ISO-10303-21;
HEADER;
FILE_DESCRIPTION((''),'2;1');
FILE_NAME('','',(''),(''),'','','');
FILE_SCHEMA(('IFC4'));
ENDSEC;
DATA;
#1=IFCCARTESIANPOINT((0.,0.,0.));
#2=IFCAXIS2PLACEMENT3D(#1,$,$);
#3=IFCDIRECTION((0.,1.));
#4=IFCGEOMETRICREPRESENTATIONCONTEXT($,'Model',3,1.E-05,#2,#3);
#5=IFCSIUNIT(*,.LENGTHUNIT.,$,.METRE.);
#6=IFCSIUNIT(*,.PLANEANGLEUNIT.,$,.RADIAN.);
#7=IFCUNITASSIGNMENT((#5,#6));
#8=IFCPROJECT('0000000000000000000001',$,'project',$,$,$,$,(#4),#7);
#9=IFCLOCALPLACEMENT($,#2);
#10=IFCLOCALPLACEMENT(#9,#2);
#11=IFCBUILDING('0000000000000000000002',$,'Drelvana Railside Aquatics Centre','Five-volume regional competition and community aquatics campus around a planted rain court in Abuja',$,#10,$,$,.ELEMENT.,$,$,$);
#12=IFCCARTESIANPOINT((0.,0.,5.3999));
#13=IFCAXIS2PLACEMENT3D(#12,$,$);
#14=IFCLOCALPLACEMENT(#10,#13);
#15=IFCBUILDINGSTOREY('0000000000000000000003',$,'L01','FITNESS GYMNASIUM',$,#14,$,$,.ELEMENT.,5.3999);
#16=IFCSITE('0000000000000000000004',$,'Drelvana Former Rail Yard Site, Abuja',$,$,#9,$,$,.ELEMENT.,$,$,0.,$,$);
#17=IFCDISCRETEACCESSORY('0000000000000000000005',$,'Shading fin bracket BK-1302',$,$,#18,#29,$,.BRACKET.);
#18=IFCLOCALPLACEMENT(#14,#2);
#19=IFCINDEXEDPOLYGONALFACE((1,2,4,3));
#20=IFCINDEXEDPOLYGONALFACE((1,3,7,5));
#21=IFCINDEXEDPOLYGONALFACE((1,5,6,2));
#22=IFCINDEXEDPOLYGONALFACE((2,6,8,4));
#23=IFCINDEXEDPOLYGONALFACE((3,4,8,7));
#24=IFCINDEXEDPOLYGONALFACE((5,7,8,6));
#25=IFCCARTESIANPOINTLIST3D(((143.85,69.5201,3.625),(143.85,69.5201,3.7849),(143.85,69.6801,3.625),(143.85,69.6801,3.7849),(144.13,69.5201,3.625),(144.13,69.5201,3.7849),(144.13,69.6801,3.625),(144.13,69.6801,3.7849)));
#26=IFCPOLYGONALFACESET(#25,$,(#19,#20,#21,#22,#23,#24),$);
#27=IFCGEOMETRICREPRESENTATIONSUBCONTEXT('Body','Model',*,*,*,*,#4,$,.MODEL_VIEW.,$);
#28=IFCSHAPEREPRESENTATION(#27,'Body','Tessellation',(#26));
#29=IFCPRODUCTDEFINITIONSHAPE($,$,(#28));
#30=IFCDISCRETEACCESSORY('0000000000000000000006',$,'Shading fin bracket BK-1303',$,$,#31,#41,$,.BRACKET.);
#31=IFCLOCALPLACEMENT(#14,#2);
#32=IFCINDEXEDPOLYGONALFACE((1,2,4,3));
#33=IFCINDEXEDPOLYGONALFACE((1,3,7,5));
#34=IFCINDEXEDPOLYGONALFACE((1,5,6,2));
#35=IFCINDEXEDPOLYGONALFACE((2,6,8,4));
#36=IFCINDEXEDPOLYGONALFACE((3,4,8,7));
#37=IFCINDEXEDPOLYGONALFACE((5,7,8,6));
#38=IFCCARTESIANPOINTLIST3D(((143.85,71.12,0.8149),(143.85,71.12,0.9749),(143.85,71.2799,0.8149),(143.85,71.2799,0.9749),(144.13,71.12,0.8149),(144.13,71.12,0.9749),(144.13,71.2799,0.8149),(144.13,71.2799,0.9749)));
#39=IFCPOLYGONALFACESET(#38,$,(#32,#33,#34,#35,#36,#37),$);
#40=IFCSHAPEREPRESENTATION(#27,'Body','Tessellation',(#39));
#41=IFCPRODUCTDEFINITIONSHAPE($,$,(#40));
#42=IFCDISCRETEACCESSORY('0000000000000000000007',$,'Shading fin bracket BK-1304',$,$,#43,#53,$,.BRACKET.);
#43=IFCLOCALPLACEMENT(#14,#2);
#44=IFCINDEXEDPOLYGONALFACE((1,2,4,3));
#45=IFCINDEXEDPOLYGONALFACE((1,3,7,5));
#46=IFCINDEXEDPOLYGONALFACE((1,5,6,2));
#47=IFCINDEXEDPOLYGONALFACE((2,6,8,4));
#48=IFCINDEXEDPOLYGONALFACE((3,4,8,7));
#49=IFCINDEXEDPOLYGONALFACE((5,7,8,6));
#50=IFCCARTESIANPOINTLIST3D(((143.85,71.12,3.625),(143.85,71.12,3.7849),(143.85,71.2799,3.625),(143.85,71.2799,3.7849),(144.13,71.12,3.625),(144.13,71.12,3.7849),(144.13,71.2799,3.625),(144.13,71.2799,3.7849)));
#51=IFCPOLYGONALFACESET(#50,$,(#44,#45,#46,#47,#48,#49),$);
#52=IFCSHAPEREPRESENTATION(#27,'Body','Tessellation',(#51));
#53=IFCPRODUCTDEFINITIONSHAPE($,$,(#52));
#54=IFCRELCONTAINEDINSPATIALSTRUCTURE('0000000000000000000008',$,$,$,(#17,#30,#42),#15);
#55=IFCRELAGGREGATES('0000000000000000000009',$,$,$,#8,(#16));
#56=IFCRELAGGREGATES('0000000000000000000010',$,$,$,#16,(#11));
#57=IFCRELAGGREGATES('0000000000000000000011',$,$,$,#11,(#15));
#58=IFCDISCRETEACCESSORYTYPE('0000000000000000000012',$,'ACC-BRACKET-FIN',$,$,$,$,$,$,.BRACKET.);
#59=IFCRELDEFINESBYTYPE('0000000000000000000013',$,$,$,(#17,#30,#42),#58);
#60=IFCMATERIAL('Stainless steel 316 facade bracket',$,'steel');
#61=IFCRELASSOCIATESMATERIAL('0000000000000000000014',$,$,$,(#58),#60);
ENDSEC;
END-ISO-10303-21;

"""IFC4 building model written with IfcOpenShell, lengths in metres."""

from ifc_helpers import new_model, si_unit, direction, frame, origin, origin_2d, place, context, subcontext, project, spatial, rectangle, extrude, material, type_object, element, save


model = new_model("IFC4")

# Units and contexts
model_context = context("Model", 3, precision=1e-05, world=origin(), true_north=direction((0.0, 1.0)))
body_context = subcontext(model_context, "Body", "Model", "MODEL_VIEW")
ifc_project = project(units=[si_unit("LENGTHUNIT", "METRE"), si_unit("PLANEANGLEUNIT", "RADIAN")], contexts=[model_context])

# Site, building, storey
site_placement = place(None, origin())
site = spatial("IfcSite", under=ifc_project, at=site_placement, Name="Drelvana Former Rail Yard Site, Abuja", CompositionType="ELEMENT", RefElevation=0.0)
building_placement = place(site_placement, origin())
building = spatial("IfcBuilding", under=site, at=building_placement, Name="Drelvana Railside Aquatics Centre", Description="Five-volume regional competition and community aquatics campus around a planted rain court in Abuja", CompositionType="ELEMENT")
storey_placement = place(building_placement, frame((0.0, 0.0, 5.3999)))
storey = spatial("IfcBuildingStorey", under=building, at=storey_placement, Name="L01", Description="FITNESS GYMNASIUM", CompositionType="ELEMENT", Elevation=5.3999)

# Discrete accessories
ifc_material_1 = material(Name="Stainless steel 316 facade bracket", Category="steel")
discrete_accessory_type = type_object("IfcDiscreteAccessoryType", Name="ACC-BRACKET-FIN", PredefinedType="BRACKET", material=ifc_material_1)
for number, where, z_axis, x_axis, name in (
    (1, (143.99, 69.6001, 3.625), (0.0, 0.0, 1.0), (-1.0, 0.0, 0.0), "Shading fin bracket BK-1302"),
    (2, (143.99, 71.2, 0.8149), (0.0, 0.0, 1.0), (-1.0, 0.0, 0.0), "Shading fin bracket BK-1303"),
    (3, (143.99, 71.2, 3.625), (0.0, 0.0, 1.0), (-1.0, 0.0, 0.0), "Shading fin bracket BK-1304"),
):
    element("IfcDiscreteAccessory", number, at=place(storey_placement, frame(where, z_axis=z_axis, x_axis=x_axis)), inside=storey, type_object=discrete_accessory_type, Name=name, PredefinedType="BRACKET", context=body_context, shape_type="SweptSolid", body=[
        extrude(rectangle(XDim=0.28, YDim=0.1599, at=origin_2d()), origin(), (0.0, 0.0, 1.0), 0.1599),
    ])

save(model, "model.ifc")
